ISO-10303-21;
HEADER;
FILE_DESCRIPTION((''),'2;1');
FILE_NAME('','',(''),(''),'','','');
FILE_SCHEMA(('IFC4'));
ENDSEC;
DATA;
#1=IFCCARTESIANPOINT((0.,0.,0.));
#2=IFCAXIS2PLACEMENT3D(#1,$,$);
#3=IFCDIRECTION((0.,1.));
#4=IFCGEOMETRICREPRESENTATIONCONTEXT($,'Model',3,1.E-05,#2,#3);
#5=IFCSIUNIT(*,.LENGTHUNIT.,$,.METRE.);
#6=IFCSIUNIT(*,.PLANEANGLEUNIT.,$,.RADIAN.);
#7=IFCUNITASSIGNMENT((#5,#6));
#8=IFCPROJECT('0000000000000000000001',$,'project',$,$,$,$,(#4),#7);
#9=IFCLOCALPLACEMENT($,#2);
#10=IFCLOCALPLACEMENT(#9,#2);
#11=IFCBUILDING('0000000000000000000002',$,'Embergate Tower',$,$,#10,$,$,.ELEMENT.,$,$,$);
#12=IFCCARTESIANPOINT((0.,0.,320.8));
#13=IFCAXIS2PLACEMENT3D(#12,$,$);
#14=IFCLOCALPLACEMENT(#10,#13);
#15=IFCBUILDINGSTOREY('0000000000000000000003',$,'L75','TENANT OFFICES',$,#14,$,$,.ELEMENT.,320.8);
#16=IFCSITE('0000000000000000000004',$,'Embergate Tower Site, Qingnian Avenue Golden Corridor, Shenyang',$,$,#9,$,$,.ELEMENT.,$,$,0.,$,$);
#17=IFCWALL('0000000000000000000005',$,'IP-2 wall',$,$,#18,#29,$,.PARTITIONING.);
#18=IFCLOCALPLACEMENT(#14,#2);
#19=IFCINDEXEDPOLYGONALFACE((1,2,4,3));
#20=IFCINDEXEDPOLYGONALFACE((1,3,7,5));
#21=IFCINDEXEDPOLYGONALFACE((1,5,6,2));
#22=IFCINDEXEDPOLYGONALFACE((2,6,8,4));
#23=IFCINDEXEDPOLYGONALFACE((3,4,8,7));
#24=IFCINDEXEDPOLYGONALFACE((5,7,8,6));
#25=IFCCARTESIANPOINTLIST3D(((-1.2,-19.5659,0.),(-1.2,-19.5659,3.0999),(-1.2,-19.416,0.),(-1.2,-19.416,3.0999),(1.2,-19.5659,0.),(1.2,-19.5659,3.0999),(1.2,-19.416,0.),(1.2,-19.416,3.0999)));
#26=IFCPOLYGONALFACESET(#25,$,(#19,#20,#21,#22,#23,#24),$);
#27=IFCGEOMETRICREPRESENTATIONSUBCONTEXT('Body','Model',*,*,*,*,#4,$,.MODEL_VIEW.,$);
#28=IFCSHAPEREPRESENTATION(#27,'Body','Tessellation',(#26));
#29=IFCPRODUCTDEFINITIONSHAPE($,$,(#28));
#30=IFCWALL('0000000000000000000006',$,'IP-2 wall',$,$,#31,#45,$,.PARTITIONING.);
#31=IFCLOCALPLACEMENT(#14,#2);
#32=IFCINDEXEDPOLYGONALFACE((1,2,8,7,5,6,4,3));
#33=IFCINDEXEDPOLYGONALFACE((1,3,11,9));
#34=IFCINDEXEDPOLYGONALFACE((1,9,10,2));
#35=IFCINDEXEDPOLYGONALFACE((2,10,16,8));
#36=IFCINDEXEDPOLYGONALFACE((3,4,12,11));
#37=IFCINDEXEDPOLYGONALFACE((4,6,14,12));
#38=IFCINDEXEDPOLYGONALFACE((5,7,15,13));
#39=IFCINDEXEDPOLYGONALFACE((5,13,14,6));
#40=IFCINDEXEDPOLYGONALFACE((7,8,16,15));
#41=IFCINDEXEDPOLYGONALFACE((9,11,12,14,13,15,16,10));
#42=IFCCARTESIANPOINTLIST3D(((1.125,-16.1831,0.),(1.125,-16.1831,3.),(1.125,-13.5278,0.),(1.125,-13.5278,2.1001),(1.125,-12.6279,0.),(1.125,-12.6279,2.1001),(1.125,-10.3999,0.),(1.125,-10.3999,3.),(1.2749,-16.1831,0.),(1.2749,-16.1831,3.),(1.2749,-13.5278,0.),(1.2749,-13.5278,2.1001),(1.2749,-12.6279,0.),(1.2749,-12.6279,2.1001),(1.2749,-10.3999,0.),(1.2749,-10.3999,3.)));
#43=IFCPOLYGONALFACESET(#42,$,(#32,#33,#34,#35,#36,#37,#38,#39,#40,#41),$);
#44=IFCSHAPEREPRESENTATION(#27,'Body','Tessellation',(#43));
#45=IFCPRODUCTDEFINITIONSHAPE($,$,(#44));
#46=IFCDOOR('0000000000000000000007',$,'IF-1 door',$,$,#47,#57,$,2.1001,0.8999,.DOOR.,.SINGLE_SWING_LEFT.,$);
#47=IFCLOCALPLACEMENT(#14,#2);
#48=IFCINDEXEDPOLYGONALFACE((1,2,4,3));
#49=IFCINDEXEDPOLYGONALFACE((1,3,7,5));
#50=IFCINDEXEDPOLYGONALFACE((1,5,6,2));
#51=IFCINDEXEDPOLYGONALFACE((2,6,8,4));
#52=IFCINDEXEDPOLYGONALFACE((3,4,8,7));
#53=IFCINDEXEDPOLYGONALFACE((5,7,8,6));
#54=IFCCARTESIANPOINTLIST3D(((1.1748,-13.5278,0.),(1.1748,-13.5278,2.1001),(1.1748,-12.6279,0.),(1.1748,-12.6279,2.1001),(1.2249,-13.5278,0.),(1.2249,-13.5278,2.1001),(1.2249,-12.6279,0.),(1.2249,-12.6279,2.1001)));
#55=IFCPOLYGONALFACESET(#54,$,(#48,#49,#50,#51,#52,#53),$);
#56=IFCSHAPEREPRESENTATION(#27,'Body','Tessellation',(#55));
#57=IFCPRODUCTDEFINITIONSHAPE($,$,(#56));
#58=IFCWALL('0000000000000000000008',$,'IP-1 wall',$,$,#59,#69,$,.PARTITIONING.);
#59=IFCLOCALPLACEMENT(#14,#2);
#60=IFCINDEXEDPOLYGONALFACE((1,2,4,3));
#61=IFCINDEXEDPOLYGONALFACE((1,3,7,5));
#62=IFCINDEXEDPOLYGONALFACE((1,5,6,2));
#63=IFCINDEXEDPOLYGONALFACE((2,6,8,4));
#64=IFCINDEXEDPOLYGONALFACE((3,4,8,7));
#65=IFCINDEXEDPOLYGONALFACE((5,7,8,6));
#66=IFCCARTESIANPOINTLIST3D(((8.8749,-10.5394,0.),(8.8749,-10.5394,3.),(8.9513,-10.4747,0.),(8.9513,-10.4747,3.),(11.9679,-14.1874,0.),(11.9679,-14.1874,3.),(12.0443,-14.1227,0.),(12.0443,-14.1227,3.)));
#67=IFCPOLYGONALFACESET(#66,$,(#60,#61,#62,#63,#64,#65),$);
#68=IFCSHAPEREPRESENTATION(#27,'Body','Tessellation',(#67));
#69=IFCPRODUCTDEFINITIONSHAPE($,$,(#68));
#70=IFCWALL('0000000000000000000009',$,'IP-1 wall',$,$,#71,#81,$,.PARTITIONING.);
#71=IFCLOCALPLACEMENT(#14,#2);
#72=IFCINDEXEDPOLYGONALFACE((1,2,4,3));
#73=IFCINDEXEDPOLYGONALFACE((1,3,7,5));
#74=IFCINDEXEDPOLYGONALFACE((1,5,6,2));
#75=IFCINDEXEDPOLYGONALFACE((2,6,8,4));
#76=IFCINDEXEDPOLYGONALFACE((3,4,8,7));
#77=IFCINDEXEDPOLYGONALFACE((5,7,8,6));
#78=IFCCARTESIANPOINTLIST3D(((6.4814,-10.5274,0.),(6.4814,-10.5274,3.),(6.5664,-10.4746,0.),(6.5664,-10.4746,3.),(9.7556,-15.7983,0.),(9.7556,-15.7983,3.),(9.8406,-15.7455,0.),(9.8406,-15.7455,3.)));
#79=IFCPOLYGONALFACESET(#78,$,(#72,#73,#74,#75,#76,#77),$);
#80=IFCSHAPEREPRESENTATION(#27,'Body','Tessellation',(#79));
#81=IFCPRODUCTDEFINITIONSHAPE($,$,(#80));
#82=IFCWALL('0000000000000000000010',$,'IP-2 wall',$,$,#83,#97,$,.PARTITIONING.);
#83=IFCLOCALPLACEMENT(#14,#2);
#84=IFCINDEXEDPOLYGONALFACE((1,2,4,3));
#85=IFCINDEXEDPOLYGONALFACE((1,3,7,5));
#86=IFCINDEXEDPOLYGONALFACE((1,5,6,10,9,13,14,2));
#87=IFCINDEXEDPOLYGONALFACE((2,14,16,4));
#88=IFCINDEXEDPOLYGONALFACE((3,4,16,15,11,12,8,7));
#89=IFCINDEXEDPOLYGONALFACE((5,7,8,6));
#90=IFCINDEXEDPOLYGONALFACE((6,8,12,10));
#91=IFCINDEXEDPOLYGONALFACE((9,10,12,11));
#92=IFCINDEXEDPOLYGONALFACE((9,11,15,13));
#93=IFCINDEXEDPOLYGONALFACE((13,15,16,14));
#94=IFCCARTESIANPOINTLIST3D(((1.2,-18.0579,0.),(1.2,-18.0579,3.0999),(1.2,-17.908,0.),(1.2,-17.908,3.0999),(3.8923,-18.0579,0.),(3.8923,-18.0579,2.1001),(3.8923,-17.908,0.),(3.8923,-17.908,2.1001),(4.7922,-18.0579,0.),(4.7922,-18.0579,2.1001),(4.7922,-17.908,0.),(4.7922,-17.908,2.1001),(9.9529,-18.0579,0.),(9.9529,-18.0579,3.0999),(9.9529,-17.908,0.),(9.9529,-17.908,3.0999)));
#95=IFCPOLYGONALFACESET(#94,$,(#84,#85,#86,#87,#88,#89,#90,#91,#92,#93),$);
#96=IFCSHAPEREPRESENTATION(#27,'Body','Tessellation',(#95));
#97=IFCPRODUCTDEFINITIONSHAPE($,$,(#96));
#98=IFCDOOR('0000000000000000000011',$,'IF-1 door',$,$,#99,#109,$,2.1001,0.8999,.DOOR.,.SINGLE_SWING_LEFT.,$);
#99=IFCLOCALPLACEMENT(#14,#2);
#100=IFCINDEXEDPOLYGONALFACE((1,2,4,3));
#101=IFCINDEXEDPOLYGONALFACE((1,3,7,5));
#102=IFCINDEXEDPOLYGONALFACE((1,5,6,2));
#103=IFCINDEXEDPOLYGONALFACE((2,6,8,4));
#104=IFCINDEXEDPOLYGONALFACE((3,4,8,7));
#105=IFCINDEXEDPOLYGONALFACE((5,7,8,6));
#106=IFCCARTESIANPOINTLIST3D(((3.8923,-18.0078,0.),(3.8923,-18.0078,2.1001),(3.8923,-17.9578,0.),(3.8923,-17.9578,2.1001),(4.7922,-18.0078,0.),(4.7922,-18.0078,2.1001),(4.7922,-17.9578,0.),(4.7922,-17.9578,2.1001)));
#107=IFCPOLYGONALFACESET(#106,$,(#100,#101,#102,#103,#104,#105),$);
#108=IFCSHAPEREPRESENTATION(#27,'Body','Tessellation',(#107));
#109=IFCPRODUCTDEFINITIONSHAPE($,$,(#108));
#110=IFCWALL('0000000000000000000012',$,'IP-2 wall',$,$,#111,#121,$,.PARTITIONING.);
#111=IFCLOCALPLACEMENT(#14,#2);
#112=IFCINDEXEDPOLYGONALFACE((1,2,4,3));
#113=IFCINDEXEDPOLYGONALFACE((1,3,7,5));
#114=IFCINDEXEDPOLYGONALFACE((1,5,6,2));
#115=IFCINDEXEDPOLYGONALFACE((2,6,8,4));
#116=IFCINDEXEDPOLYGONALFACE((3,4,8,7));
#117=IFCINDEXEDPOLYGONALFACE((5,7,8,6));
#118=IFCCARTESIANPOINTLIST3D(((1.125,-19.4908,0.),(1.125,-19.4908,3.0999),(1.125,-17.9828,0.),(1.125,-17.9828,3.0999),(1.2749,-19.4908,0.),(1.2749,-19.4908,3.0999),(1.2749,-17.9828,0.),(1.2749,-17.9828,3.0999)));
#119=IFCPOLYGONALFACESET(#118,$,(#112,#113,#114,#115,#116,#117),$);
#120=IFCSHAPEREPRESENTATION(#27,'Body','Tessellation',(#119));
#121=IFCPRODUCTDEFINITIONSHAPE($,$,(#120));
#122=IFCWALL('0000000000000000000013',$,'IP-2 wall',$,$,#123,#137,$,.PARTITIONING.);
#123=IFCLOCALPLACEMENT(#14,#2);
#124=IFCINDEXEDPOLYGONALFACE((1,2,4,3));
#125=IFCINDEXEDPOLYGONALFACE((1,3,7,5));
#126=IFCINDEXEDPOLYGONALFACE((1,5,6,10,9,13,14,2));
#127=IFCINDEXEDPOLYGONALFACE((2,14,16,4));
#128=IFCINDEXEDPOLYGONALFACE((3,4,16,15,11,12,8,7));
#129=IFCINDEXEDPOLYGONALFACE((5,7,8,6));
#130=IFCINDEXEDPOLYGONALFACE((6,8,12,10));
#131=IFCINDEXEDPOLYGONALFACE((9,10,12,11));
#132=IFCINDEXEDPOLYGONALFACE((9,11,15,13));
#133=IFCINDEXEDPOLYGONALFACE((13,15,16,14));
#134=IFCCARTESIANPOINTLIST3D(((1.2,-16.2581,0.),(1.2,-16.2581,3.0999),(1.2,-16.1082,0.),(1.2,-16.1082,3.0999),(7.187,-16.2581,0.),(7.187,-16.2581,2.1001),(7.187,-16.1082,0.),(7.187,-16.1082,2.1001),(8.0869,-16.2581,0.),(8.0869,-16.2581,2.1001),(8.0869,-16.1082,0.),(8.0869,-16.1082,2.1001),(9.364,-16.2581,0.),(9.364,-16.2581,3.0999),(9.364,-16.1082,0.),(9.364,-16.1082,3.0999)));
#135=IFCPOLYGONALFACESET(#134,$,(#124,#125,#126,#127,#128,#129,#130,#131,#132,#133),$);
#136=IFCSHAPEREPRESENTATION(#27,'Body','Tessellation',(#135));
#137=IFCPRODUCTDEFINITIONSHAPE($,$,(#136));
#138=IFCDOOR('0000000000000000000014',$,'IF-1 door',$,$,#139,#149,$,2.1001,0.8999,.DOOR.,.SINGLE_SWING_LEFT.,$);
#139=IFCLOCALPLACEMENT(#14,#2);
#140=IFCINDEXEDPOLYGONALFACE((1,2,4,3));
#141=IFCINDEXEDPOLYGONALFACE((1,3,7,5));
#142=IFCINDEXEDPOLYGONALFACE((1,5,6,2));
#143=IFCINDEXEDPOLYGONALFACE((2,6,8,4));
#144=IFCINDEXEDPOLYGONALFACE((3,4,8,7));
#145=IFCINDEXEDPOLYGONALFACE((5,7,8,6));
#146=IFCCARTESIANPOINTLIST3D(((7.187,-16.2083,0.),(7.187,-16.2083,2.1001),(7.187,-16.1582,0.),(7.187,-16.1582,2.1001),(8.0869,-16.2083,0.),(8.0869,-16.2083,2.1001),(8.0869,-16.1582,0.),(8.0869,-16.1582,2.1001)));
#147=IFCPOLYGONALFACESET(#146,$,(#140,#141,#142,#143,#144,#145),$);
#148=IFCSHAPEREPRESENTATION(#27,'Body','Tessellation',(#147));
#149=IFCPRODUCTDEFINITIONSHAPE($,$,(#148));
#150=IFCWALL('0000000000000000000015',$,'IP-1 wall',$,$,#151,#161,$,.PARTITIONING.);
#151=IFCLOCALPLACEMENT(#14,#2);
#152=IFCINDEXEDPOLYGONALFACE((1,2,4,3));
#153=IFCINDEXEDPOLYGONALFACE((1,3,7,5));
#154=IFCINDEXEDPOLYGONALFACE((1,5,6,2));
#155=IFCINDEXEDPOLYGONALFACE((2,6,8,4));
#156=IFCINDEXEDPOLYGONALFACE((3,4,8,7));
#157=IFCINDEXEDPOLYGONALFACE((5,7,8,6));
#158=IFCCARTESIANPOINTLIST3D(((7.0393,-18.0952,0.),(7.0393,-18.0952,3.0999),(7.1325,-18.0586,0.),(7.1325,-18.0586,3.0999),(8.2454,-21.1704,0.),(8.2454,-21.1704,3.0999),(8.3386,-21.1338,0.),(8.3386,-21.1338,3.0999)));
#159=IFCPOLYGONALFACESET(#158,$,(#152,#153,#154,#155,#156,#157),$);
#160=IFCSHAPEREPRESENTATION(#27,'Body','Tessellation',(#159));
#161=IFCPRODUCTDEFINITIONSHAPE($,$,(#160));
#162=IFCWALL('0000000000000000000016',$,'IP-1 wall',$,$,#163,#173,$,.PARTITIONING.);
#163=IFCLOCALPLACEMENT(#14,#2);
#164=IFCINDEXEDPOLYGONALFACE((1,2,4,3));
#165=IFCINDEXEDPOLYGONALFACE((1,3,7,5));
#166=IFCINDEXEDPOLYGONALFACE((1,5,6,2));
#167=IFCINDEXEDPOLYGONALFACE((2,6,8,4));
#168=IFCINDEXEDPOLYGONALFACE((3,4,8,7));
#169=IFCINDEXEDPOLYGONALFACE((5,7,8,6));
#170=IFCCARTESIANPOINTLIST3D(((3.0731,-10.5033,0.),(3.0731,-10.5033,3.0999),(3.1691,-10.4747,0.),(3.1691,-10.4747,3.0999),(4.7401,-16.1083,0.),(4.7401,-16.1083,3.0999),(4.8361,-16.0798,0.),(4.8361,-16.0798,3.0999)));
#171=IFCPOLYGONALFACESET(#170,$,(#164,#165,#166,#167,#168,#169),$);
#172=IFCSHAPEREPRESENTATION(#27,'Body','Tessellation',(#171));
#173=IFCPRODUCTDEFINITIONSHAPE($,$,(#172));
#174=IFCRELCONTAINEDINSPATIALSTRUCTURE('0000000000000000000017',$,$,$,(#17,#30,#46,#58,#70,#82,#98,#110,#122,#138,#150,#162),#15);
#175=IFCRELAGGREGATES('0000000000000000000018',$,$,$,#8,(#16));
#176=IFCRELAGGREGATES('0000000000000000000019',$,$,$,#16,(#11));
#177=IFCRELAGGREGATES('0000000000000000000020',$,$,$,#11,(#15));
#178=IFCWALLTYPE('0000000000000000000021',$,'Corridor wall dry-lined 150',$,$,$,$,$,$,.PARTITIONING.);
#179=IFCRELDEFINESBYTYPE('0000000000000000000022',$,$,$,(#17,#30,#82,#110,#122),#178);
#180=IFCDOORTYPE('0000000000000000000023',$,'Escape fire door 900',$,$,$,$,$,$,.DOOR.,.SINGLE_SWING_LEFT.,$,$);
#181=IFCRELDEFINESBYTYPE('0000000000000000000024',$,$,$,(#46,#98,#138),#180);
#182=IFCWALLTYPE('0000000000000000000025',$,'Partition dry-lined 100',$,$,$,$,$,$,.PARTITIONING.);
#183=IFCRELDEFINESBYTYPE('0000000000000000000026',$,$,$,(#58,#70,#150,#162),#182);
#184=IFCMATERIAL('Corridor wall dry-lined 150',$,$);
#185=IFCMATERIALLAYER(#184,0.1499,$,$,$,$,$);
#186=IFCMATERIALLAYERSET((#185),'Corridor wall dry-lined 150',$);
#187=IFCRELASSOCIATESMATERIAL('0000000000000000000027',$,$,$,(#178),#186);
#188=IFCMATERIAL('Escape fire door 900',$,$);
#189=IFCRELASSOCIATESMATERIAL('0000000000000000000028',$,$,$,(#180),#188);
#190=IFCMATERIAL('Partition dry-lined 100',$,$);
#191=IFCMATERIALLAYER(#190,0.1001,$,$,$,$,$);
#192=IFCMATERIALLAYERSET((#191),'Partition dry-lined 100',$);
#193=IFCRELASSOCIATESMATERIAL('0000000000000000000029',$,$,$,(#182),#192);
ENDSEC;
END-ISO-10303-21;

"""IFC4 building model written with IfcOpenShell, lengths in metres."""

from ifc_helpers import new_model, si_unit, direction, frame, frame_2d, origin, place, context, subcontext, project, spatial, rectangle, extrude, source, transform, mapped, material, layer, layer_set, type_object, element, fill, save


model = new_model("IFC4")

# Units and contexts
model_context = context("Model", 3, precision=1e-05, world=origin(), true_north=direction((0.0, 1.0)))
body_context = subcontext(model_context, "Body", "Model", "MODEL_VIEW")
ifc_project = project(units=[si_unit("LENGTHUNIT", "METRE"), si_unit("PLANEANGLEUNIT", "RADIAN")], contexts=[model_context])

# Site, building, storey
site_placement = place(None, origin())
site = spatial("IfcSite", under=ifc_project, at=site_placement, Name="Embergate Tower Site, Qingnian Avenue Golden Corridor, Shenyang", CompositionType="ELEMENT", RefElevation=0.0)
building_placement = place(site_placement, origin())
building = spatial("IfcBuilding", under=site, at=building_placement, Name="Embergate Tower", CompositionType="ELEMENT")
storey_placement = place(building_placement, frame((0.0, 0.0, 320.8)))
storey = spatial("IfcBuildingStorey", under=building, at=storey_placement, Name="L75", Description="TENANT OFFICES", CompositionType="ELEMENT", Elevation=320.8)

# Wall
ifc_material_1 = material(Name="Corridor wall dry-lined 150")
ifc_layer_1 = layer(ifc_material_1, 0.1499)
ifc_layer_set_1 = layer_set([ifc_layer_1], Name="Corridor wall dry-lined 150")
wall_type_1 = type_object("IfcWallType", Name="Corridor wall dry-lined 150", PredefinedType="PARTITIONING", material=ifc_layer_set_1)
shared_shape_1 = source(origin(), body_context, "Body", "SweptSolid", [
    extrude(rectangle(XDim=2.3999, YDim=0.1499, at=frame_2d((1.2, 0.0))), origin(), (0.0, 0.0, 1.0), 3.0999),
])
wall_1_placement = place(storey_placement, frame((1.2, -19.491, 0.0), z_axis=(0.0, 0.0, 1.0), x_axis=(-1.0, 0.0, 0.0)))
element("IfcWall", 1, at=wall_1_placement, inside=storey, type_object=wall_type_1, Name="IP-2 wall", PredefinedType="PARTITIONING", context=body_context, shape_type="MappedRepresentation", body=[
    mapped(shared_shape_1, transform((0.0, 0.0, 0.0))),
])

# Wall, opening, door
shared_shape_2 = source(origin(), body_context, "Body", "SweptSolid", [
    extrude(rectangle(XDim=5.7832, YDim=0.1499, at=frame_2d((2.8916, 0.0))), origin(), (0.0, 0.0, 1.0), 3.0),
])
wall_2_placement = place(storey_placement, frame((1.2, -10.3999, 0.0), z_axis=(0.0, 0.0, 1.0), x_axis=(0.0, -1.0, 0.0)))
wall_2 = element("IfcWall", 2, at=wall_2_placement, inside=storey, type_object=wall_type_1, Name="IP-2 wall", PredefinedType="PARTITIONING", context=body_context, shape_type="MappedRepresentation", body=[
    mapped(shared_shape_2, transform((0.0, 0.0, 0.0))),
])
shared_shape_3 = source(origin(), body_context, "Body", "SweptSolid", [
    extrude(rectangle(XDim=0.8999, YDim=2.1001, at=frame_2d((0.45, 1.05))), frame((0.0, 0.085, 0.0), z_axis=(0.0, -1.0, 0.0), x_axis=(1.0, 0.0, 0.0)), (0.0, 0.0, 1.0), 0.1699),
])
opening_1_placement = place(wall_2_placement, frame((2.228, 0.0, 0.0)))
opening_1 = element("IfcOpeningElement", 3, at=opening_1_placement, cuts=wall_2, PredefinedType="OPENING", context=body_context, shape_type="MappedRepresentation", body=[
    mapped(shared_shape_3, transform((0.0, 0.0, 0.0))),
])
ifc_material_2 = material(Name="Escape fire door 900")
door_type = type_object("IfcDoorType", Name="Escape fire door 900", OperationType="SINGLE_SWING_LEFT", PredefinedType="DOOR", material=ifc_material_2)
shared_shape_4 = source(origin(), body_context, "Body", "SweptSolid", [
    extrude(rectangle(XDim=0.8999, YDim=2.1001, at=frame_2d((0.45, 1.05))), frame((0.0, 0.0249, 0.0), z_axis=(0.0, -1.0, 0.0), x_axis=(1.0, 0.0, 0.0)), (0.0, 0.0, 1.0), 0.05),
])
door_1_placement = place(opening_1_placement, origin())
door_1 = element("IfcDoor", 4, at=door_1_placement, inside=storey, type_object=door_type, Name="IF-1 door", OperationType="SINGLE_SWING_LEFT", OverallHeight=2.1001, OverallWidth=0.8999, PredefinedType="DOOR", context=body_context, shape_type="MappedRepresentation", body=[
    mapped(shared_shape_4, transform((0.0, 0.0, 0.0))),
])
fill(opening_1, door_1)

# Walls
ifc_material_3 = material(Name="Partition dry-lined 100")
ifc_layer_2 = layer(ifc_material_3, 0.1001)
ifc_layer_set_2 = layer_set([ifc_layer_2], Name="Partition dry-lined 100")
wall_type_2 = type_object("IfcWallType", Name="Partition dry-lined 100", PredefinedType="PARTITIONING", material=ifc_layer_set_2)
shared_shape_5 = source(origin(), body_context, "Body", "SweptSolid", [
    extrude(rectangle(XDim=4.7827, YDim=0.1001, at=frame_2d((2.3914, 0.0))), origin(), (0.0, 0.0, 1.0), 3.0),
])
wall_3_placement = place(storey_placement, frame((8.9131, -10.5071, 0.0), z_axis=(0.0, 0.0, 1.0), x_axis=(0.646708, -0.762737, 0.0)))
element("IfcWall", 5, at=wall_3_placement, inside=storey, type_object=wall_type_2, Name="IP-1 wall", PredefinedType="PARTITIONING", context=body_context, shape_type="MappedRepresentation", body=[
    mapped(shared_shape_5, transform((0.0, 0.0, 0.0))),
])
shared_shape_6 = source(origin(), body_context, "Body", "SweptSolid", [
    extrude(rectangle(XDim=6.2051, YDim=0.1001, at=frame_2d((3.1025, 0.0))), origin(), (0.0, 0.0, 1.0), 3.0),
])
wall_4_placement = place(storey_placement, frame((6.5239, -10.501, 0.0), z_axis=(0.0, 0.0, 1.0), x_axis=(0.527656, -0.849458, 0.0)))
element("IfcWall", 6, at=wall_4_placement, inside=storey, type_object=wall_type_2, Name="IP-1 wall", PredefinedType="PARTITIONING", context=body_context, shape_type="MappedRepresentation", body=[
    mapped(shared_shape_6, transform((0.0, 0.0, 0.0))),
])

# Wall, opening, door
shared_shape_7 = source(origin(), body_context, "Body", "SweptSolid", [
    extrude(rectangle(XDim=8.7529, YDim=0.1499, at=frame_2d((4.3765, 0.0))), origin(), (0.0, 0.0, 1.0), 3.0999),
])
wall_5_placement = place(storey_placement, frame((9.9529, -17.9829, 0.0), z_axis=(0.0, 0.0, 1.0), x_axis=(-1.0, 0.0, 0.0)))
wall_5 = element("IfcWall", 7, at=wall_5_placement, inside=storey, type_object=wall_type_1, Name="IP-2 wall", PredefinedType="PARTITIONING", context=body_context, shape_type="MappedRepresentation", body=[
    mapped(shared_shape_7, transform((0.0, 0.0, 0.0))),
])
opening_2_placement = place(wall_5_placement, frame((5.1606, 0.0, 0.0)))
opening_2 = element("IfcOpeningElement", 8, at=opening_2_placement, cuts=wall_5, PredefinedType="OPENING", context=body_context, shape_type="MappedRepresentation", body=[
    mapped(shared_shape_3, transform((0.0, 0.0, 0.0))),
])
door_2_placement = place(opening_2_placement, origin())
door_2 = element("IfcDoor", 9, at=door_2_placement, inside=storey, type_object=door_type, Name="IF-1 door", OperationType="SINGLE_SWING_LEFT", OverallHeight=2.1001, OverallWidth=0.8999, PredefinedType="DOOR", context=body_context, shape_type="MappedRepresentation", body=[
    mapped(shared_shape_4, transform((0.0, 0.0, 0.0))),
])
fill(opening_2, door_2)

# Wall
shared_shape_8 = source(origin(), body_context, "Body", "SweptSolid", [
    extrude(rectangle(XDim=1.5081, YDim=0.1499, at=frame_2d((0.7539, 0.0))), origin(), (0.0, 0.0, 1.0), 3.0999),
])
wall_6_placement = place(storey_placement, frame((1.2, -17.9829, 0.0), z_axis=(0.0, 0.0, 1.0), x_axis=(0.0, -1.0, 0.0)))
element("IfcWall", 10, at=wall_6_placement, inside=storey, type_object=wall_type_1, Name="IP-2 wall", PredefinedType="PARTITIONING", context=body_context, shape_type="MappedRepresentation", body=[
    mapped(shared_shape_8, transform((0.0, 0.0, 0.0))),
])

# Wall, opening, door
shared_shape_9 = source(origin(), body_context, "Body", "SweptSolid", [
    extrude(rectangle(XDim=8.1641, YDim=0.1499, at=frame_2d((4.082, 0.0))), origin(), (0.0, 0.0, 1.0), 3.0999),
])
wall_7_placement = place(storey_placement, frame((1.2, -16.1831, 0.0), z_axis=(0.0, 0.0, 1.0), x_axis=(1.0, 0.0, 0.0)))
wall_7 = element("IfcWall", 11, at=wall_7_placement, inside=storey, type_object=wall_type_1, Name="IP-2 wall", PredefinedType="PARTITIONING", context=body_context, shape_type="MappedRepresentation", body=[
    mapped(shared_shape_9, transform((0.0, 0.0, 0.0))),
])
opening_3_placement = place(wall_7_placement, frame((5.9871, 0.0, 0.0)))
opening_3 = element("IfcOpeningElement", 12, at=opening_3_placement, cuts=wall_7, PredefinedType="OPENING", context=body_context, shape_type="MappedRepresentation", body=[
    mapped(shared_shape_3, transform((0.0, 0.0, 0.0))),
])
door_3_placement = place(opening_3_placement, origin())
door_3 = element("IfcDoor", 13, at=door_3_placement, inside=storey, type_object=door_type, Name="IF-1 door", OperationType="SINGLE_SWING_LEFT", OverallHeight=2.1001, OverallWidth=0.8999, PredefinedType="DOOR", context=body_context, shape_type="MappedRepresentation", body=[
    mapped(shared_shape_4, transform((0.0, 0.0, 0.0))),
])
fill(opening_3, door_3)

# Walls
shared_shape_10 = source(origin(), body_context, "Body", "SweptSolid", [
    extrude(rectangle(XDim=3.3032, YDim=0.1001, at=frame_2d((1.6516, 0.0))), origin(), (0.0, 0.0, 1.0), 3.0999),
])
wall_8_placement = place(storey_placement, frame((7.0859, -18.0769, 0.0), z_axis=(0.0, 0.0, 1.0), x_axis=(0.365113, -0.930963, 0.0)))
element("IfcWall", 14, at=wall_8_placement, inside=storey, type_object=wall_type_2, Name="IP-1 wall", PredefinedType="PARTITIONING", context=body_context, shape_type="MappedRepresentation", body=[
    mapped(shared_shape_10, transform((0.0, 0.0, 0.0))),
])
shared_shape_11 = source(origin(), body_context, "Body", "SweptSolid", [
    extrude(rectangle(XDim=5.8477, YDim=0.1001, at=frame_2d((2.9238, 0.0))), origin(), (0.0, 0.0, 1.0), 3.0999),
])
wall_9_placement = place(storey_placement, frame((3.1211, -10.489, 0.0), z_axis=(0.0, 0.0, 1.0), x_axis=(0.285072, -0.958506, 0.0)))
element("IfcWall", 15, at=wall_9_placement, inside=storey, type_object=wall_type_2, Name="IP-1 wall", PredefinedType="PARTITIONING", context=body_context, shape_type="MappedRepresentation", body=[
    mapped(shared_shape_11, transform((0.0, 0.0, 0.0))),
])

save(model, "model.ifc")
